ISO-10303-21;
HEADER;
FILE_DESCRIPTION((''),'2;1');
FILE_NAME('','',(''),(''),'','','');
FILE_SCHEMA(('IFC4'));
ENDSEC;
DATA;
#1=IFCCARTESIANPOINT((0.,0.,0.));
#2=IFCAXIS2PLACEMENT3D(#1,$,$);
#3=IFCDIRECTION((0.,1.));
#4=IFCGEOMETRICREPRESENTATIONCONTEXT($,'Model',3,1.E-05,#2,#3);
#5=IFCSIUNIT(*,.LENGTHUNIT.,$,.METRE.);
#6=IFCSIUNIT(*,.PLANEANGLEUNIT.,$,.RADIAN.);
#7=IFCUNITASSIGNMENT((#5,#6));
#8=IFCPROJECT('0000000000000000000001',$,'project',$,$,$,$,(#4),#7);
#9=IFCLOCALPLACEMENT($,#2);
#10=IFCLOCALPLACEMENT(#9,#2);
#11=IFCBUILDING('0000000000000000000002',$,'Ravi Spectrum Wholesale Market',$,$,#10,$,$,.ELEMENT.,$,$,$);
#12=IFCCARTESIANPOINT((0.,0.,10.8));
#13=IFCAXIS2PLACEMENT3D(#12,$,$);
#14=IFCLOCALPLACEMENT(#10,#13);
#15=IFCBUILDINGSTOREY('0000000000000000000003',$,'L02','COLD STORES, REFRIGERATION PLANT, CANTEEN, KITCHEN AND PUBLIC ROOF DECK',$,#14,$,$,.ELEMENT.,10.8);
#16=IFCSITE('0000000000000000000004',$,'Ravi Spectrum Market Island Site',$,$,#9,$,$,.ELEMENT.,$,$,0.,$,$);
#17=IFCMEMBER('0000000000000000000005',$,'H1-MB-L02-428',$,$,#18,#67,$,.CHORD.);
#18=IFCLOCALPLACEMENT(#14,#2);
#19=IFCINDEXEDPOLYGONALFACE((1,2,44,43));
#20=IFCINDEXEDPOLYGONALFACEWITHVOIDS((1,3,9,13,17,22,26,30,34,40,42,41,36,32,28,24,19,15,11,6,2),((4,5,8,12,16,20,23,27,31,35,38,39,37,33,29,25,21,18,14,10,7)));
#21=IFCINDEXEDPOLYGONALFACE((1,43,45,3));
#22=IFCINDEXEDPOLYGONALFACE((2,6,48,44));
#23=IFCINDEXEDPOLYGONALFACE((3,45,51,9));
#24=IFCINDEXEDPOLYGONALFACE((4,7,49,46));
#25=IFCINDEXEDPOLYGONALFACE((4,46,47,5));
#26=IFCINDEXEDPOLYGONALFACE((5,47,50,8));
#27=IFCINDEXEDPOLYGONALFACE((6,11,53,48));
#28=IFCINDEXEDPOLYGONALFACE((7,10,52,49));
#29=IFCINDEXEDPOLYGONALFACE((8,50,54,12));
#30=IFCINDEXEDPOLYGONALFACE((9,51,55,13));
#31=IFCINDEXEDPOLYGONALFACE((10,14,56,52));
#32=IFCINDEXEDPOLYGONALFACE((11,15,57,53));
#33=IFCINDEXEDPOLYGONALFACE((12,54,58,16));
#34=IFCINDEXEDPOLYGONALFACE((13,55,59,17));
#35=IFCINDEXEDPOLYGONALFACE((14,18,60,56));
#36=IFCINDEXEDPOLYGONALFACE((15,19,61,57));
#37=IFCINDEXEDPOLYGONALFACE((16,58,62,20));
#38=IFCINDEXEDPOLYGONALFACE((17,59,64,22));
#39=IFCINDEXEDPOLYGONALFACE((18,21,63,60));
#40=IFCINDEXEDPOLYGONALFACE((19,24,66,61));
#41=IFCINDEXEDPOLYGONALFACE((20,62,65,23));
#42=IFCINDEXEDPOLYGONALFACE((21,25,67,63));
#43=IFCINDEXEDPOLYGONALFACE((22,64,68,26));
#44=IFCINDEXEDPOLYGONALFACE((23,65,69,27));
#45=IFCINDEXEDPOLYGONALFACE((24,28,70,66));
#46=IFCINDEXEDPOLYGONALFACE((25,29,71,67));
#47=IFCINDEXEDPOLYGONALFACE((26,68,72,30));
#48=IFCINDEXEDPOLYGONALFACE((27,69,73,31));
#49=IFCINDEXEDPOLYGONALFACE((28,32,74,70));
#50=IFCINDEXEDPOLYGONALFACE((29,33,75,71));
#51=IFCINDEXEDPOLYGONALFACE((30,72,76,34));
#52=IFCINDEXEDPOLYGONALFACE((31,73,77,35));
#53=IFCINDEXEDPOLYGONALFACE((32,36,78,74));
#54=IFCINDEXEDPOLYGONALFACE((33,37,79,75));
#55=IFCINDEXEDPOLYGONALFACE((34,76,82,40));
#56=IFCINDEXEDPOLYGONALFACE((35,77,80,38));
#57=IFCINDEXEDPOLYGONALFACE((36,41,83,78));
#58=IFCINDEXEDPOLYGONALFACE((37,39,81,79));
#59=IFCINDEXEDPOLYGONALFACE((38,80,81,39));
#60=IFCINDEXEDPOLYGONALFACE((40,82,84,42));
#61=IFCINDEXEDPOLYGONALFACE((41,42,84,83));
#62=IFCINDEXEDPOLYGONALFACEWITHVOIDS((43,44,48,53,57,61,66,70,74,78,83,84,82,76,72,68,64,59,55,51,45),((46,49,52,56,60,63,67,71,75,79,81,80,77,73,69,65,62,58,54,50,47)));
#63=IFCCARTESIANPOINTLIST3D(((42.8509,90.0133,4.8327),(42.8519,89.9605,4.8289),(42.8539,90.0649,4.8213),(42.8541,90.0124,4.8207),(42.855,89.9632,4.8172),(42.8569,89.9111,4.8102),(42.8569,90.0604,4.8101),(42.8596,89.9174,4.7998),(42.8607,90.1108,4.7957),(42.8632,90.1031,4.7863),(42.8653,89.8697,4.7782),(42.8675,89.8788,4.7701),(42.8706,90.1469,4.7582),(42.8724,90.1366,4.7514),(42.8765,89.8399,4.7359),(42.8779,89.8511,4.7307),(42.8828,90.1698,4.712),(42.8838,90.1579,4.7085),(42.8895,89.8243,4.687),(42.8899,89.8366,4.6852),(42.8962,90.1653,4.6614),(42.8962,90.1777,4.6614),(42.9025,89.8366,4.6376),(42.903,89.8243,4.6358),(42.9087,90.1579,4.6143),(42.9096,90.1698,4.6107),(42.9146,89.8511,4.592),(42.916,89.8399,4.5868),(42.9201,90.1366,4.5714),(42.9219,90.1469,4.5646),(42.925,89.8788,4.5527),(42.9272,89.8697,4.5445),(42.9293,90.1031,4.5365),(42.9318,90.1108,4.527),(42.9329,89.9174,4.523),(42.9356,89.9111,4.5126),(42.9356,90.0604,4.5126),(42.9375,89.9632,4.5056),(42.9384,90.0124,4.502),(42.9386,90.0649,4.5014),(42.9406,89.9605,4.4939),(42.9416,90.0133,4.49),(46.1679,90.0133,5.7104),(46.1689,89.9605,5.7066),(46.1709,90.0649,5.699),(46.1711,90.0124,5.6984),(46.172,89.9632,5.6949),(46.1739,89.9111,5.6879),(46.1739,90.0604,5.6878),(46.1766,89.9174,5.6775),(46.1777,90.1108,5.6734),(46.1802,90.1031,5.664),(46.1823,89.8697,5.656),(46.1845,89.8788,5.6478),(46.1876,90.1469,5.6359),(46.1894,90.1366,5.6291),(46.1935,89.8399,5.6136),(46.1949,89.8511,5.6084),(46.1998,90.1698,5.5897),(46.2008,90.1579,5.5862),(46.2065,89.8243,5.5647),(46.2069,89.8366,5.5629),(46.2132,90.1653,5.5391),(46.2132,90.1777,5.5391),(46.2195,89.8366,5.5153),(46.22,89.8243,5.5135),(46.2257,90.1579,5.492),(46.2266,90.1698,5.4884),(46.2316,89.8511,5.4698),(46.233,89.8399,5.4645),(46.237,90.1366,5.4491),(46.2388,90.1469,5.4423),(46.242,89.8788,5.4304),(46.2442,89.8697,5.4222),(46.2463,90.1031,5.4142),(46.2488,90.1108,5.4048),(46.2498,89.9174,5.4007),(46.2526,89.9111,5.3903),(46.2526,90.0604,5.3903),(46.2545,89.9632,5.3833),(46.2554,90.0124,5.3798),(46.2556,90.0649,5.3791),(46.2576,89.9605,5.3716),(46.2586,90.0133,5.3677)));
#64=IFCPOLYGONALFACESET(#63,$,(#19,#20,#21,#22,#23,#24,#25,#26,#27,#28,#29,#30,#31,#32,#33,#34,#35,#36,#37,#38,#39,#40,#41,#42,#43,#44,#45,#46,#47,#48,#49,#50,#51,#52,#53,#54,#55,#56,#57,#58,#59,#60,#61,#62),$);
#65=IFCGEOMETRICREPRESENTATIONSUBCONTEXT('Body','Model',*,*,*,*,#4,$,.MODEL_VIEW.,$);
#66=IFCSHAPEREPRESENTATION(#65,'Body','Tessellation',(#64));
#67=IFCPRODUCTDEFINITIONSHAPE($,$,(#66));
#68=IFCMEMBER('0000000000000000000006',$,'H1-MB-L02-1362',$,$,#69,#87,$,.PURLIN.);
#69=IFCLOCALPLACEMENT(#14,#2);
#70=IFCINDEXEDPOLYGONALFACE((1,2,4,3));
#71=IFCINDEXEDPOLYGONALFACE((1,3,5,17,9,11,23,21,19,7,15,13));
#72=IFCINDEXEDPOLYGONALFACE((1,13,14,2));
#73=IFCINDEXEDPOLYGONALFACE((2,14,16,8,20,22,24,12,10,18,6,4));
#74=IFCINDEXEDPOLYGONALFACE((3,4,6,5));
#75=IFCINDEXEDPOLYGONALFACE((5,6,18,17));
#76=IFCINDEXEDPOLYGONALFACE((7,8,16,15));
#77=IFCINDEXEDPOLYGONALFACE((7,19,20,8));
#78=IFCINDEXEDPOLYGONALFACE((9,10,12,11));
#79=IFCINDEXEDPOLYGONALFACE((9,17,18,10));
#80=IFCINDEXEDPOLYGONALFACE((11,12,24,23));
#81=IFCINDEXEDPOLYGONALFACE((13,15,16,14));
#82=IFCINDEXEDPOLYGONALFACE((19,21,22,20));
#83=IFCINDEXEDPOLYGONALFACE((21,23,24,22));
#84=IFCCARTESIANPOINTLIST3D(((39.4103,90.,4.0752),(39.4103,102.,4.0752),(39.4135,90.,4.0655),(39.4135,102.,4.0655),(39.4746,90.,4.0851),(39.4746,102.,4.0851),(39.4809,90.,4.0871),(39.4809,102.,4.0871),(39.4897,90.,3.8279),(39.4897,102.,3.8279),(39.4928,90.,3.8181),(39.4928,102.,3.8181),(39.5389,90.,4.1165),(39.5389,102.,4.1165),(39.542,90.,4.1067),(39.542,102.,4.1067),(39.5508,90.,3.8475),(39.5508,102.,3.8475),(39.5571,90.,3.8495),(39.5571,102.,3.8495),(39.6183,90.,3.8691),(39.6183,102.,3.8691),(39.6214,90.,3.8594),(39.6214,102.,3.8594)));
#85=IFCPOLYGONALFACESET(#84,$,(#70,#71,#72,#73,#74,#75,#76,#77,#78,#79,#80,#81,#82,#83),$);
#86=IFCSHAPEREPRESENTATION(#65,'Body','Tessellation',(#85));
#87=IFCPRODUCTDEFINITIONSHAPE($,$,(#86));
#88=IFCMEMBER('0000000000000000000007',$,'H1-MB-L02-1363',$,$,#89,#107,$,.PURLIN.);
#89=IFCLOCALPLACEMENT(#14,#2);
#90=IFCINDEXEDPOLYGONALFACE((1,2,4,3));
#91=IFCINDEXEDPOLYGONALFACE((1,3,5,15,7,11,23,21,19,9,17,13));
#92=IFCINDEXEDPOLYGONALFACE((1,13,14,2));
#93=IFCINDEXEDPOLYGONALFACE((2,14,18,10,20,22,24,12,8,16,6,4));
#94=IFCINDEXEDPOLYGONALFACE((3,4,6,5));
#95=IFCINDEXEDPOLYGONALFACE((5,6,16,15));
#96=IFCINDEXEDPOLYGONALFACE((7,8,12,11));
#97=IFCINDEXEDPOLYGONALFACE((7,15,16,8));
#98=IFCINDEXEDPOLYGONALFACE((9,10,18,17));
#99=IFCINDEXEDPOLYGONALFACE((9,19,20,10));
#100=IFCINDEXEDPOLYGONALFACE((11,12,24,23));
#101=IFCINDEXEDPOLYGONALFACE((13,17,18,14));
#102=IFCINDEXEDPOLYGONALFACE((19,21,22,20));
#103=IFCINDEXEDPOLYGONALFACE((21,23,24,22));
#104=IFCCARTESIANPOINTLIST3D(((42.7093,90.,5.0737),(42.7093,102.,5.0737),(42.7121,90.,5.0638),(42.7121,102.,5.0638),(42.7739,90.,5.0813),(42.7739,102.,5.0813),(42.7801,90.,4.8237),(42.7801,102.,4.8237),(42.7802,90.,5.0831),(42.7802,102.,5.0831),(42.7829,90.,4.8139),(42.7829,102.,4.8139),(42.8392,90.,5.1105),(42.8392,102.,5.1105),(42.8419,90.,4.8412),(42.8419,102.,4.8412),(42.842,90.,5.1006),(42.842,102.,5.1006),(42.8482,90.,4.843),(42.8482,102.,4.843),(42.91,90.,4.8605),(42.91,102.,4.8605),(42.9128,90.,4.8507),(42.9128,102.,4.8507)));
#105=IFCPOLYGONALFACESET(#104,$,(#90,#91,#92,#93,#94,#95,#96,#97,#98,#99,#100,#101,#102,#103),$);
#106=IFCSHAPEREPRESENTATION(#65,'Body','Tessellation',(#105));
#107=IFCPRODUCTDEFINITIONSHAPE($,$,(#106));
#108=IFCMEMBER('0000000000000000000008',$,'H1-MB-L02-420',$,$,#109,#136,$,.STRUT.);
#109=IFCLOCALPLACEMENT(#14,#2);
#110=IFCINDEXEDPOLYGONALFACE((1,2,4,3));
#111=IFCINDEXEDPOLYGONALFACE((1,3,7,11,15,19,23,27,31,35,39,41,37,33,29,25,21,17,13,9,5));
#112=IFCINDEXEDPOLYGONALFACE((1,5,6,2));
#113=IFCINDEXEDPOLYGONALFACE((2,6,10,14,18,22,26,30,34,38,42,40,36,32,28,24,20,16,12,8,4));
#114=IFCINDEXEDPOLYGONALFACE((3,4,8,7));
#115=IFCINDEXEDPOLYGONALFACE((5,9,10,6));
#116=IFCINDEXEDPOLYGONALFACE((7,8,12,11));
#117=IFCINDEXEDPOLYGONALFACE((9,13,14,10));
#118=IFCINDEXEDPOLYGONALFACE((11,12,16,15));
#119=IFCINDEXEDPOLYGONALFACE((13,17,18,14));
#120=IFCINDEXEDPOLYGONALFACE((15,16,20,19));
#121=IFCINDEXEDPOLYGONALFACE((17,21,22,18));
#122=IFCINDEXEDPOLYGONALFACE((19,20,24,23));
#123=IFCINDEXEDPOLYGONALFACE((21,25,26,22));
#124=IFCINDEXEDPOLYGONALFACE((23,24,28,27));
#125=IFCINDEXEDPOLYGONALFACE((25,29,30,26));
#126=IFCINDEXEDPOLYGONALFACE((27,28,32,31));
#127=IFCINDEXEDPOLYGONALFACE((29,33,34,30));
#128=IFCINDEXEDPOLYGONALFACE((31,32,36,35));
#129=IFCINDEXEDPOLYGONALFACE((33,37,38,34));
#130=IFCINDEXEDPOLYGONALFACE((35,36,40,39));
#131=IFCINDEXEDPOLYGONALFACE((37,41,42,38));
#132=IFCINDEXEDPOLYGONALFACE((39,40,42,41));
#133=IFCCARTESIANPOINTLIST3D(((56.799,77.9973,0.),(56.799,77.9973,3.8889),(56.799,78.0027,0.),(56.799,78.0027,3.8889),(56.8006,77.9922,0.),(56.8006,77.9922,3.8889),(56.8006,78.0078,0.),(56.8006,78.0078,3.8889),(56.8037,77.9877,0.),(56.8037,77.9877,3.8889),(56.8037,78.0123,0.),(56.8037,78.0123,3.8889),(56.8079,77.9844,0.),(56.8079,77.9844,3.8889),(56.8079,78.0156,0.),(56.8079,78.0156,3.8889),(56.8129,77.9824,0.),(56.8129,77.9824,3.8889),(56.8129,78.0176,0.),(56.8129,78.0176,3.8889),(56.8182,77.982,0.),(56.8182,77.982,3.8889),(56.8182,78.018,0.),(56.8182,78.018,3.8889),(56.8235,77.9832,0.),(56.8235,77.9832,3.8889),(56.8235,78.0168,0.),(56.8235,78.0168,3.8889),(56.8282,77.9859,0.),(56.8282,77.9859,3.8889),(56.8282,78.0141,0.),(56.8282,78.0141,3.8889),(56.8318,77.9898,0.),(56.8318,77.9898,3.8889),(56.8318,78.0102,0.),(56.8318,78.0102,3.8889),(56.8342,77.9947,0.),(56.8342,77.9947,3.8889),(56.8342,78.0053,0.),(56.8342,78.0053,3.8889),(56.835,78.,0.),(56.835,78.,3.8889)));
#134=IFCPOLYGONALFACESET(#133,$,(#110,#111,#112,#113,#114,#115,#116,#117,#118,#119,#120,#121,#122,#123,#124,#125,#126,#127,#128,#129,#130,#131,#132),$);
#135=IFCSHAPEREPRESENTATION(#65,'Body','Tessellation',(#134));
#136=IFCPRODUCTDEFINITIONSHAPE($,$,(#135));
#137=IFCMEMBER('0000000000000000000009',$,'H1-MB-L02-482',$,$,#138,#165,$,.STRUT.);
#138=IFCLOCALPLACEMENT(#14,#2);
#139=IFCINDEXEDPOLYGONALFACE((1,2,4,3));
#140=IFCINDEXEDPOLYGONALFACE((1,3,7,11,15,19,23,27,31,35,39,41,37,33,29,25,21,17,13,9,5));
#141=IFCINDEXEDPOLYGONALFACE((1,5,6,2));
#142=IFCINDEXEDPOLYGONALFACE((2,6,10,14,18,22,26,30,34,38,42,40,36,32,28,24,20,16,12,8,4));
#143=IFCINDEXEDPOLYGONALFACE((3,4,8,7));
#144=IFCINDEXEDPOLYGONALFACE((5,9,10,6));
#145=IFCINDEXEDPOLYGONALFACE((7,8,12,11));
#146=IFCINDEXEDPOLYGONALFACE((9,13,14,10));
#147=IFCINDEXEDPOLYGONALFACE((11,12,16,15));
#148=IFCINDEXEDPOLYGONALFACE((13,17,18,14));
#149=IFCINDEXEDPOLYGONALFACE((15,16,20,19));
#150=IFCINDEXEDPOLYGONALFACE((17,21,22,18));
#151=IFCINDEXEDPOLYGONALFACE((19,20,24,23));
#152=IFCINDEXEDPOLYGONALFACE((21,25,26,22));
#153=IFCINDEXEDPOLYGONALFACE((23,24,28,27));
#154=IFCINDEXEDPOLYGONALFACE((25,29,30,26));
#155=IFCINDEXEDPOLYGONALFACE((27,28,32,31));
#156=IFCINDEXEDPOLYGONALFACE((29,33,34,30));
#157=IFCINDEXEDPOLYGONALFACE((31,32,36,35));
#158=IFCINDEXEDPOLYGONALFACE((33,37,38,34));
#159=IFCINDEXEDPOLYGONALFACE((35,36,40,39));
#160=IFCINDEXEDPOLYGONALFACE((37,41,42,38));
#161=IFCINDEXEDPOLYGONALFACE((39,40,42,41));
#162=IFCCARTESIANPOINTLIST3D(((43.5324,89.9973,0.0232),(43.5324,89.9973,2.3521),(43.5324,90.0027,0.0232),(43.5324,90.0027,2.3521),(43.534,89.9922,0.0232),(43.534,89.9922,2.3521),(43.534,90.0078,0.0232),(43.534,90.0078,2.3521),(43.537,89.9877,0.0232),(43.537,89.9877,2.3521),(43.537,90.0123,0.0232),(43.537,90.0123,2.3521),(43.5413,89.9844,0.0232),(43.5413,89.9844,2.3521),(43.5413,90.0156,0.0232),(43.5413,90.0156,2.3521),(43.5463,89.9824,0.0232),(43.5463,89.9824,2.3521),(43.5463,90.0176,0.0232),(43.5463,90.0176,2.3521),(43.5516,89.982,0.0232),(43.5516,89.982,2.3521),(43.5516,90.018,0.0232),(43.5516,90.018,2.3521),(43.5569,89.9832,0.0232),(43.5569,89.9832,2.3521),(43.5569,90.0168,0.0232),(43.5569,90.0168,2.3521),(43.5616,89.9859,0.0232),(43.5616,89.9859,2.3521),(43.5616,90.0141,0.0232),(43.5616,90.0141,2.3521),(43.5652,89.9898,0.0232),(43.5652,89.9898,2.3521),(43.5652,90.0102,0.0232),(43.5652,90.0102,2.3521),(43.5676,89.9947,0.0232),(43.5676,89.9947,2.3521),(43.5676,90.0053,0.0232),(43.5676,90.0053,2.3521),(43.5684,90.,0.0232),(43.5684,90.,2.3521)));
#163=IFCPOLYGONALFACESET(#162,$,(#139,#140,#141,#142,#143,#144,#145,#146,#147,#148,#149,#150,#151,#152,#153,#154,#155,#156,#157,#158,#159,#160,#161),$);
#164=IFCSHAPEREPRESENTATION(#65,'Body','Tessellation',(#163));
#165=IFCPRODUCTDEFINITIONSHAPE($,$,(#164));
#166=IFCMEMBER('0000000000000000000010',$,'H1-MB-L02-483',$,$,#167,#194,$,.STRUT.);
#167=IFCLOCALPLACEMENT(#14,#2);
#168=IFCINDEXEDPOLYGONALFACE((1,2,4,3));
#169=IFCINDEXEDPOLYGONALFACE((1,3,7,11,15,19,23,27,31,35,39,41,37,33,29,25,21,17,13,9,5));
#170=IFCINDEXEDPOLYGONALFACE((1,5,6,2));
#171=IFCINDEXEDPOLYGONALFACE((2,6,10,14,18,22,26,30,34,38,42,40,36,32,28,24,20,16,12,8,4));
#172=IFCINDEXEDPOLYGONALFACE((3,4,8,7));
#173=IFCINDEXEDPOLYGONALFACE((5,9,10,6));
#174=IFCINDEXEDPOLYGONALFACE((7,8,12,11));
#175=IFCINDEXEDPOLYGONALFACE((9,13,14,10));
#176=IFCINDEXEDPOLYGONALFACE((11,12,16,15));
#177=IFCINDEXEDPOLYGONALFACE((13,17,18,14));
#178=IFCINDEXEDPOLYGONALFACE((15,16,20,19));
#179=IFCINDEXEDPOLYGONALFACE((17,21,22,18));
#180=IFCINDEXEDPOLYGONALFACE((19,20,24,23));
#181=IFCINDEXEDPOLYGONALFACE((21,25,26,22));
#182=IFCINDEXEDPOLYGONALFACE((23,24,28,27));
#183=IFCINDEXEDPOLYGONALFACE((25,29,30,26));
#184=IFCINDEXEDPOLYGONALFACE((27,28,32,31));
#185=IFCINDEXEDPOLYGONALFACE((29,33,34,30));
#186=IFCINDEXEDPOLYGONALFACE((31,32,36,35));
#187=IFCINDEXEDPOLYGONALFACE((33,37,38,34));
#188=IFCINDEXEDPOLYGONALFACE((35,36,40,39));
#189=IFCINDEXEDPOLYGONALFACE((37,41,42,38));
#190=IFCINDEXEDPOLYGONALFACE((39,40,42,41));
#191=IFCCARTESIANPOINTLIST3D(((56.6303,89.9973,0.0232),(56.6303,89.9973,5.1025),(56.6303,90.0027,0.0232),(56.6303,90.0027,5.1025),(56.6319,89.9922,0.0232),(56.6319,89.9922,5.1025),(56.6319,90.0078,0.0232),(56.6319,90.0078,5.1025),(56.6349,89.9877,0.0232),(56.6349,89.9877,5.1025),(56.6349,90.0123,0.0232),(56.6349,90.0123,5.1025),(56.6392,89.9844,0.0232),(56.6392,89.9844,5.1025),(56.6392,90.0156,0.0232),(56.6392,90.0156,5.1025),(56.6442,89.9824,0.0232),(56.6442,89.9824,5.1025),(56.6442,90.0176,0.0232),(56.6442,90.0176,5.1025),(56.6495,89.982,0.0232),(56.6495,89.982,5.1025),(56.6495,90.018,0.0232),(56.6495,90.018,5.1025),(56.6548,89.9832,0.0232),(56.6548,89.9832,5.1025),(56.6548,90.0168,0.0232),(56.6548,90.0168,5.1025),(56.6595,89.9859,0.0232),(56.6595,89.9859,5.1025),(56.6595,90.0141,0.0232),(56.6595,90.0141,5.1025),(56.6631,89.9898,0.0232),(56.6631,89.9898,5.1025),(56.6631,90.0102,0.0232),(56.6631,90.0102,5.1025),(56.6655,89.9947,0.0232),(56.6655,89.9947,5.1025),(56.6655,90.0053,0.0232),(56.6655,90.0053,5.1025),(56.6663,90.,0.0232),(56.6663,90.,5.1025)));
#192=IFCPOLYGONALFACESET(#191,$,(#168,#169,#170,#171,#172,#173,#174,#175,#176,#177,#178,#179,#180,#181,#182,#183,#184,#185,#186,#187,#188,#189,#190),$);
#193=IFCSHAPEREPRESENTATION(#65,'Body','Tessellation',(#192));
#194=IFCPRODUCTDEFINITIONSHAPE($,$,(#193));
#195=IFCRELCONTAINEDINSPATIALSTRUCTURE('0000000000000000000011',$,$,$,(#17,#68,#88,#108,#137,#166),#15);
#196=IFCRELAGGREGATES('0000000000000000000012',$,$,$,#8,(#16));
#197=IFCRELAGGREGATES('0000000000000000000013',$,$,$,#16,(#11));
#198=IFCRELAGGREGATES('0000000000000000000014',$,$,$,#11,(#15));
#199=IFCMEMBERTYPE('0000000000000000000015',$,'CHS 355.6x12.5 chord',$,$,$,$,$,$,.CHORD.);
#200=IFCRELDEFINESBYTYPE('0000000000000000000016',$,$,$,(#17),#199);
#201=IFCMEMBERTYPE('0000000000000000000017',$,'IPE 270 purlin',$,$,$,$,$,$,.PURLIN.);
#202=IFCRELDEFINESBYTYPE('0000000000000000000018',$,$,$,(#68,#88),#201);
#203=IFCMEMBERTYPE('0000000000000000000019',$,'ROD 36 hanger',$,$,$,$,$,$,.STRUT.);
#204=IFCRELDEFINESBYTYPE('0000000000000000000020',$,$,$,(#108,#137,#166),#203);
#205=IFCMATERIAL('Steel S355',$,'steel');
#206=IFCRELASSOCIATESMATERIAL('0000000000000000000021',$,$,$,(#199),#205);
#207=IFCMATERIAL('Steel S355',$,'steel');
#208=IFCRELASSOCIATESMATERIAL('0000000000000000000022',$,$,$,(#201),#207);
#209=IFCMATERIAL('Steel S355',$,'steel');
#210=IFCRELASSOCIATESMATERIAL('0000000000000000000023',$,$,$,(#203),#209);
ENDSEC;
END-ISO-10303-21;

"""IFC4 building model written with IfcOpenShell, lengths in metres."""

from ifc_helpers import new_model, si_unit, direction, frame, origin, origin_2d, place, context, subcontext, project, spatial, circle, hollow_circle, i_section, extrude, material, material_profile, profile_set, type_object, element, save


model = new_model("IFC4")

# Units and contexts
model_context = context("Model", 3, precision=1e-05, world=origin(), true_north=direction((0.0, 1.0)))
body_context = subcontext(model_context, "Body", "Model", "MODEL_VIEW")
ifc_project = project(units=[si_unit("LENGTHUNIT", "METRE"), si_unit("PLANEANGLEUNIT", "RADIAN")], contexts=[model_context])

# Site, building, storey
site_placement = place(None, origin())
site = spatial("IfcSite", under=ifc_project, at=site_placement, Name="Ravi Spectrum Market Island Site", CompositionType="ELEMENT", RefElevation=0.0)
building_placement = place(site_placement, origin())
building = spatial("IfcBuilding", under=site, at=building_placement, Name="Ravi Spectrum Wholesale Market", CompositionType="ELEMENT")
storey_placement = place(building_placement, frame((0.0, 0.0, 10.8)))
storey = spatial("IfcBuildingStorey", under=building, at=storey_placement, Name="L02", Description="COLD STORES, REFRIGERATION PLANT, CANTEEN, KITCHEN AND PUBLIC ROOF DECK", CompositionType="ELEMENT", Elevation=10.8)

# Members
ifc_material_1 = material(Name="Steel S355", Category="steel")
ifc_material_profile_1 = material_profile(ifc_material_1, hollow_circle(Radius=0.1777, WallThickness=0.0125, at=origin_2d()))
ifc_profile_set_1 = profile_set([ifc_material_profile_1], Name="Steel S355")
member_type_1 = type_object("IfcMemberType", Name="CHS 355.6x12.5 chord", PredefinedType="CHORD", material=ifc_profile_set_1)
for number, where, z_axis, x_axis, name in (
    (1, (42.8962, 90.0, 4.6614), (0.966728, 0.0, 0.255807), (0.0, 1.0, 0.0), "H1-MB-L02-428"),
):
    element("IfcMember", number, at=place(storey_placement, frame(where, z_axis=z_axis, x_axis=x_axis)), inside=storey, type_object=member_type_1, Name=name, PredefinedType="CHORD", context=body_context, shape_type="SweptSolid", body=[
        extrude(hollow_circle(Radius=0.1777, WallThickness=0.0125, at=origin_2d()), origin(), (0.0, 0.0, 1.0), 3.4312),
    ])
ifc_material_2 = material(Name="Steel S355", Category="steel")
ifc_material_profile_2 = material_profile(ifc_material_2, i_section(OverallWidth=0.135, OverallDepth=0.27, WebThickness=0.0066, FlangeThickness=0.0103, at=origin_2d()))
ifc_profile_set_2 = profile_set([ifc_material_profile_2], Name="Steel S355")
member_type_2 = type_object("IfcMemberType", Name="IPE 270 purlin", PredefinedType="PURLIN", material=ifc_profile_set_2)
for number, where, z_axis, x_axis, name in (
    (2, (39.5159, 90.0, 3.9673), (0.0, 1.0, 0.0), (-0.952184, 0.0, -0.305524), "H1-MB-L02-1362"),
    (3, (42.811, 90.0, 4.9622), (0.0, 1.0, 0.0), (-0.962156, 0.0, -0.272499), "H1-MB-L02-1363"),
):
    element("IfcMember", number, at=place(storey_placement, frame(where, z_axis=z_axis, x_axis=x_axis)), inside=storey, type_object=member_type_2, Name=name, PredefinedType="PURLIN", context=body_context, shape_type="SweptSolid", body=[
        extrude(i_section(OverallWidth=0.135, OverallDepth=0.27, WebThickness=0.0066, FlangeThickness=0.0103, at=origin_2d()), origin(), (0.0, 0.0, 1.0), 12.0),
    ])
ifc_material_3 = material(Name="Steel S355", Category="steel")
ifc_material_profile_3 = material_profile(ifc_material_3, circle(Radius=0.0181, at=origin_2d()))
ifc_profile_set_3 = profile_set([ifc_material_profile_3], Name="Steel S355")
member_type_3 = type_object("IfcMemberType", Name="ROD 36 hanger", PredefinedType="STRUT", material=ifc_profile_set_3)
member_1_placement = place(storey_placement, frame((56.8169, 78.0, 0.0), z_axis=(0.0, 0.0, 1.0), x_axis=(1.0, 0.0, 0.0)))
element("IfcMember", 4, at=member_1_placement, inside=storey, type_object=member_type_3, Name="H1-MB-L02-420", PredefinedType="STRUT", context=body_context, shape_type="SweptSolid", body=[
    extrude(circle(Radius=0.0181, at=origin_2d()), origin(), (0.0, 0.0, 1.0), 3.8889),
])
member_2_placement = place(storey_placement, frame((43.5503, 90.0, 0.0232), z_axis=(0.0, 0.0, 1.0), x_axis=(1.0, 0.0, 0.0)))
element("IfcMember", 5, at=member_2_placement, inside=storey, type_object=member_type_3, Name="H1-MB-L02-482", PredefinedType="STRUT", context=body_context, shape_type="SweptSolid", body=[
    extrude(circle(Radius=0.0181, at=origin_2d()), origin(), (0.0, 0.0, 1.0), 2.3289),
])
member_3_placement = place(storey_placement, frame((56.6482, 90.0, 0.0232), z_axis=(0.0, 0.0, 1.0), x_axis=(1.0, 0.0, 0.0)))
element("IfcMember", 6, at=member_3_placement, inside=storey, type_object=member_type_3, Name="H1-MB-L02-483", PredefinedType="STRUT", context=body_context, shape_type="SweptSolid", body=[
    extrude(circle(Radius=0.0181, at=origin_2d()), origin(), (0.0, 0.0, 1.0), 5.0793),
])

save(model, "model.ifc")
